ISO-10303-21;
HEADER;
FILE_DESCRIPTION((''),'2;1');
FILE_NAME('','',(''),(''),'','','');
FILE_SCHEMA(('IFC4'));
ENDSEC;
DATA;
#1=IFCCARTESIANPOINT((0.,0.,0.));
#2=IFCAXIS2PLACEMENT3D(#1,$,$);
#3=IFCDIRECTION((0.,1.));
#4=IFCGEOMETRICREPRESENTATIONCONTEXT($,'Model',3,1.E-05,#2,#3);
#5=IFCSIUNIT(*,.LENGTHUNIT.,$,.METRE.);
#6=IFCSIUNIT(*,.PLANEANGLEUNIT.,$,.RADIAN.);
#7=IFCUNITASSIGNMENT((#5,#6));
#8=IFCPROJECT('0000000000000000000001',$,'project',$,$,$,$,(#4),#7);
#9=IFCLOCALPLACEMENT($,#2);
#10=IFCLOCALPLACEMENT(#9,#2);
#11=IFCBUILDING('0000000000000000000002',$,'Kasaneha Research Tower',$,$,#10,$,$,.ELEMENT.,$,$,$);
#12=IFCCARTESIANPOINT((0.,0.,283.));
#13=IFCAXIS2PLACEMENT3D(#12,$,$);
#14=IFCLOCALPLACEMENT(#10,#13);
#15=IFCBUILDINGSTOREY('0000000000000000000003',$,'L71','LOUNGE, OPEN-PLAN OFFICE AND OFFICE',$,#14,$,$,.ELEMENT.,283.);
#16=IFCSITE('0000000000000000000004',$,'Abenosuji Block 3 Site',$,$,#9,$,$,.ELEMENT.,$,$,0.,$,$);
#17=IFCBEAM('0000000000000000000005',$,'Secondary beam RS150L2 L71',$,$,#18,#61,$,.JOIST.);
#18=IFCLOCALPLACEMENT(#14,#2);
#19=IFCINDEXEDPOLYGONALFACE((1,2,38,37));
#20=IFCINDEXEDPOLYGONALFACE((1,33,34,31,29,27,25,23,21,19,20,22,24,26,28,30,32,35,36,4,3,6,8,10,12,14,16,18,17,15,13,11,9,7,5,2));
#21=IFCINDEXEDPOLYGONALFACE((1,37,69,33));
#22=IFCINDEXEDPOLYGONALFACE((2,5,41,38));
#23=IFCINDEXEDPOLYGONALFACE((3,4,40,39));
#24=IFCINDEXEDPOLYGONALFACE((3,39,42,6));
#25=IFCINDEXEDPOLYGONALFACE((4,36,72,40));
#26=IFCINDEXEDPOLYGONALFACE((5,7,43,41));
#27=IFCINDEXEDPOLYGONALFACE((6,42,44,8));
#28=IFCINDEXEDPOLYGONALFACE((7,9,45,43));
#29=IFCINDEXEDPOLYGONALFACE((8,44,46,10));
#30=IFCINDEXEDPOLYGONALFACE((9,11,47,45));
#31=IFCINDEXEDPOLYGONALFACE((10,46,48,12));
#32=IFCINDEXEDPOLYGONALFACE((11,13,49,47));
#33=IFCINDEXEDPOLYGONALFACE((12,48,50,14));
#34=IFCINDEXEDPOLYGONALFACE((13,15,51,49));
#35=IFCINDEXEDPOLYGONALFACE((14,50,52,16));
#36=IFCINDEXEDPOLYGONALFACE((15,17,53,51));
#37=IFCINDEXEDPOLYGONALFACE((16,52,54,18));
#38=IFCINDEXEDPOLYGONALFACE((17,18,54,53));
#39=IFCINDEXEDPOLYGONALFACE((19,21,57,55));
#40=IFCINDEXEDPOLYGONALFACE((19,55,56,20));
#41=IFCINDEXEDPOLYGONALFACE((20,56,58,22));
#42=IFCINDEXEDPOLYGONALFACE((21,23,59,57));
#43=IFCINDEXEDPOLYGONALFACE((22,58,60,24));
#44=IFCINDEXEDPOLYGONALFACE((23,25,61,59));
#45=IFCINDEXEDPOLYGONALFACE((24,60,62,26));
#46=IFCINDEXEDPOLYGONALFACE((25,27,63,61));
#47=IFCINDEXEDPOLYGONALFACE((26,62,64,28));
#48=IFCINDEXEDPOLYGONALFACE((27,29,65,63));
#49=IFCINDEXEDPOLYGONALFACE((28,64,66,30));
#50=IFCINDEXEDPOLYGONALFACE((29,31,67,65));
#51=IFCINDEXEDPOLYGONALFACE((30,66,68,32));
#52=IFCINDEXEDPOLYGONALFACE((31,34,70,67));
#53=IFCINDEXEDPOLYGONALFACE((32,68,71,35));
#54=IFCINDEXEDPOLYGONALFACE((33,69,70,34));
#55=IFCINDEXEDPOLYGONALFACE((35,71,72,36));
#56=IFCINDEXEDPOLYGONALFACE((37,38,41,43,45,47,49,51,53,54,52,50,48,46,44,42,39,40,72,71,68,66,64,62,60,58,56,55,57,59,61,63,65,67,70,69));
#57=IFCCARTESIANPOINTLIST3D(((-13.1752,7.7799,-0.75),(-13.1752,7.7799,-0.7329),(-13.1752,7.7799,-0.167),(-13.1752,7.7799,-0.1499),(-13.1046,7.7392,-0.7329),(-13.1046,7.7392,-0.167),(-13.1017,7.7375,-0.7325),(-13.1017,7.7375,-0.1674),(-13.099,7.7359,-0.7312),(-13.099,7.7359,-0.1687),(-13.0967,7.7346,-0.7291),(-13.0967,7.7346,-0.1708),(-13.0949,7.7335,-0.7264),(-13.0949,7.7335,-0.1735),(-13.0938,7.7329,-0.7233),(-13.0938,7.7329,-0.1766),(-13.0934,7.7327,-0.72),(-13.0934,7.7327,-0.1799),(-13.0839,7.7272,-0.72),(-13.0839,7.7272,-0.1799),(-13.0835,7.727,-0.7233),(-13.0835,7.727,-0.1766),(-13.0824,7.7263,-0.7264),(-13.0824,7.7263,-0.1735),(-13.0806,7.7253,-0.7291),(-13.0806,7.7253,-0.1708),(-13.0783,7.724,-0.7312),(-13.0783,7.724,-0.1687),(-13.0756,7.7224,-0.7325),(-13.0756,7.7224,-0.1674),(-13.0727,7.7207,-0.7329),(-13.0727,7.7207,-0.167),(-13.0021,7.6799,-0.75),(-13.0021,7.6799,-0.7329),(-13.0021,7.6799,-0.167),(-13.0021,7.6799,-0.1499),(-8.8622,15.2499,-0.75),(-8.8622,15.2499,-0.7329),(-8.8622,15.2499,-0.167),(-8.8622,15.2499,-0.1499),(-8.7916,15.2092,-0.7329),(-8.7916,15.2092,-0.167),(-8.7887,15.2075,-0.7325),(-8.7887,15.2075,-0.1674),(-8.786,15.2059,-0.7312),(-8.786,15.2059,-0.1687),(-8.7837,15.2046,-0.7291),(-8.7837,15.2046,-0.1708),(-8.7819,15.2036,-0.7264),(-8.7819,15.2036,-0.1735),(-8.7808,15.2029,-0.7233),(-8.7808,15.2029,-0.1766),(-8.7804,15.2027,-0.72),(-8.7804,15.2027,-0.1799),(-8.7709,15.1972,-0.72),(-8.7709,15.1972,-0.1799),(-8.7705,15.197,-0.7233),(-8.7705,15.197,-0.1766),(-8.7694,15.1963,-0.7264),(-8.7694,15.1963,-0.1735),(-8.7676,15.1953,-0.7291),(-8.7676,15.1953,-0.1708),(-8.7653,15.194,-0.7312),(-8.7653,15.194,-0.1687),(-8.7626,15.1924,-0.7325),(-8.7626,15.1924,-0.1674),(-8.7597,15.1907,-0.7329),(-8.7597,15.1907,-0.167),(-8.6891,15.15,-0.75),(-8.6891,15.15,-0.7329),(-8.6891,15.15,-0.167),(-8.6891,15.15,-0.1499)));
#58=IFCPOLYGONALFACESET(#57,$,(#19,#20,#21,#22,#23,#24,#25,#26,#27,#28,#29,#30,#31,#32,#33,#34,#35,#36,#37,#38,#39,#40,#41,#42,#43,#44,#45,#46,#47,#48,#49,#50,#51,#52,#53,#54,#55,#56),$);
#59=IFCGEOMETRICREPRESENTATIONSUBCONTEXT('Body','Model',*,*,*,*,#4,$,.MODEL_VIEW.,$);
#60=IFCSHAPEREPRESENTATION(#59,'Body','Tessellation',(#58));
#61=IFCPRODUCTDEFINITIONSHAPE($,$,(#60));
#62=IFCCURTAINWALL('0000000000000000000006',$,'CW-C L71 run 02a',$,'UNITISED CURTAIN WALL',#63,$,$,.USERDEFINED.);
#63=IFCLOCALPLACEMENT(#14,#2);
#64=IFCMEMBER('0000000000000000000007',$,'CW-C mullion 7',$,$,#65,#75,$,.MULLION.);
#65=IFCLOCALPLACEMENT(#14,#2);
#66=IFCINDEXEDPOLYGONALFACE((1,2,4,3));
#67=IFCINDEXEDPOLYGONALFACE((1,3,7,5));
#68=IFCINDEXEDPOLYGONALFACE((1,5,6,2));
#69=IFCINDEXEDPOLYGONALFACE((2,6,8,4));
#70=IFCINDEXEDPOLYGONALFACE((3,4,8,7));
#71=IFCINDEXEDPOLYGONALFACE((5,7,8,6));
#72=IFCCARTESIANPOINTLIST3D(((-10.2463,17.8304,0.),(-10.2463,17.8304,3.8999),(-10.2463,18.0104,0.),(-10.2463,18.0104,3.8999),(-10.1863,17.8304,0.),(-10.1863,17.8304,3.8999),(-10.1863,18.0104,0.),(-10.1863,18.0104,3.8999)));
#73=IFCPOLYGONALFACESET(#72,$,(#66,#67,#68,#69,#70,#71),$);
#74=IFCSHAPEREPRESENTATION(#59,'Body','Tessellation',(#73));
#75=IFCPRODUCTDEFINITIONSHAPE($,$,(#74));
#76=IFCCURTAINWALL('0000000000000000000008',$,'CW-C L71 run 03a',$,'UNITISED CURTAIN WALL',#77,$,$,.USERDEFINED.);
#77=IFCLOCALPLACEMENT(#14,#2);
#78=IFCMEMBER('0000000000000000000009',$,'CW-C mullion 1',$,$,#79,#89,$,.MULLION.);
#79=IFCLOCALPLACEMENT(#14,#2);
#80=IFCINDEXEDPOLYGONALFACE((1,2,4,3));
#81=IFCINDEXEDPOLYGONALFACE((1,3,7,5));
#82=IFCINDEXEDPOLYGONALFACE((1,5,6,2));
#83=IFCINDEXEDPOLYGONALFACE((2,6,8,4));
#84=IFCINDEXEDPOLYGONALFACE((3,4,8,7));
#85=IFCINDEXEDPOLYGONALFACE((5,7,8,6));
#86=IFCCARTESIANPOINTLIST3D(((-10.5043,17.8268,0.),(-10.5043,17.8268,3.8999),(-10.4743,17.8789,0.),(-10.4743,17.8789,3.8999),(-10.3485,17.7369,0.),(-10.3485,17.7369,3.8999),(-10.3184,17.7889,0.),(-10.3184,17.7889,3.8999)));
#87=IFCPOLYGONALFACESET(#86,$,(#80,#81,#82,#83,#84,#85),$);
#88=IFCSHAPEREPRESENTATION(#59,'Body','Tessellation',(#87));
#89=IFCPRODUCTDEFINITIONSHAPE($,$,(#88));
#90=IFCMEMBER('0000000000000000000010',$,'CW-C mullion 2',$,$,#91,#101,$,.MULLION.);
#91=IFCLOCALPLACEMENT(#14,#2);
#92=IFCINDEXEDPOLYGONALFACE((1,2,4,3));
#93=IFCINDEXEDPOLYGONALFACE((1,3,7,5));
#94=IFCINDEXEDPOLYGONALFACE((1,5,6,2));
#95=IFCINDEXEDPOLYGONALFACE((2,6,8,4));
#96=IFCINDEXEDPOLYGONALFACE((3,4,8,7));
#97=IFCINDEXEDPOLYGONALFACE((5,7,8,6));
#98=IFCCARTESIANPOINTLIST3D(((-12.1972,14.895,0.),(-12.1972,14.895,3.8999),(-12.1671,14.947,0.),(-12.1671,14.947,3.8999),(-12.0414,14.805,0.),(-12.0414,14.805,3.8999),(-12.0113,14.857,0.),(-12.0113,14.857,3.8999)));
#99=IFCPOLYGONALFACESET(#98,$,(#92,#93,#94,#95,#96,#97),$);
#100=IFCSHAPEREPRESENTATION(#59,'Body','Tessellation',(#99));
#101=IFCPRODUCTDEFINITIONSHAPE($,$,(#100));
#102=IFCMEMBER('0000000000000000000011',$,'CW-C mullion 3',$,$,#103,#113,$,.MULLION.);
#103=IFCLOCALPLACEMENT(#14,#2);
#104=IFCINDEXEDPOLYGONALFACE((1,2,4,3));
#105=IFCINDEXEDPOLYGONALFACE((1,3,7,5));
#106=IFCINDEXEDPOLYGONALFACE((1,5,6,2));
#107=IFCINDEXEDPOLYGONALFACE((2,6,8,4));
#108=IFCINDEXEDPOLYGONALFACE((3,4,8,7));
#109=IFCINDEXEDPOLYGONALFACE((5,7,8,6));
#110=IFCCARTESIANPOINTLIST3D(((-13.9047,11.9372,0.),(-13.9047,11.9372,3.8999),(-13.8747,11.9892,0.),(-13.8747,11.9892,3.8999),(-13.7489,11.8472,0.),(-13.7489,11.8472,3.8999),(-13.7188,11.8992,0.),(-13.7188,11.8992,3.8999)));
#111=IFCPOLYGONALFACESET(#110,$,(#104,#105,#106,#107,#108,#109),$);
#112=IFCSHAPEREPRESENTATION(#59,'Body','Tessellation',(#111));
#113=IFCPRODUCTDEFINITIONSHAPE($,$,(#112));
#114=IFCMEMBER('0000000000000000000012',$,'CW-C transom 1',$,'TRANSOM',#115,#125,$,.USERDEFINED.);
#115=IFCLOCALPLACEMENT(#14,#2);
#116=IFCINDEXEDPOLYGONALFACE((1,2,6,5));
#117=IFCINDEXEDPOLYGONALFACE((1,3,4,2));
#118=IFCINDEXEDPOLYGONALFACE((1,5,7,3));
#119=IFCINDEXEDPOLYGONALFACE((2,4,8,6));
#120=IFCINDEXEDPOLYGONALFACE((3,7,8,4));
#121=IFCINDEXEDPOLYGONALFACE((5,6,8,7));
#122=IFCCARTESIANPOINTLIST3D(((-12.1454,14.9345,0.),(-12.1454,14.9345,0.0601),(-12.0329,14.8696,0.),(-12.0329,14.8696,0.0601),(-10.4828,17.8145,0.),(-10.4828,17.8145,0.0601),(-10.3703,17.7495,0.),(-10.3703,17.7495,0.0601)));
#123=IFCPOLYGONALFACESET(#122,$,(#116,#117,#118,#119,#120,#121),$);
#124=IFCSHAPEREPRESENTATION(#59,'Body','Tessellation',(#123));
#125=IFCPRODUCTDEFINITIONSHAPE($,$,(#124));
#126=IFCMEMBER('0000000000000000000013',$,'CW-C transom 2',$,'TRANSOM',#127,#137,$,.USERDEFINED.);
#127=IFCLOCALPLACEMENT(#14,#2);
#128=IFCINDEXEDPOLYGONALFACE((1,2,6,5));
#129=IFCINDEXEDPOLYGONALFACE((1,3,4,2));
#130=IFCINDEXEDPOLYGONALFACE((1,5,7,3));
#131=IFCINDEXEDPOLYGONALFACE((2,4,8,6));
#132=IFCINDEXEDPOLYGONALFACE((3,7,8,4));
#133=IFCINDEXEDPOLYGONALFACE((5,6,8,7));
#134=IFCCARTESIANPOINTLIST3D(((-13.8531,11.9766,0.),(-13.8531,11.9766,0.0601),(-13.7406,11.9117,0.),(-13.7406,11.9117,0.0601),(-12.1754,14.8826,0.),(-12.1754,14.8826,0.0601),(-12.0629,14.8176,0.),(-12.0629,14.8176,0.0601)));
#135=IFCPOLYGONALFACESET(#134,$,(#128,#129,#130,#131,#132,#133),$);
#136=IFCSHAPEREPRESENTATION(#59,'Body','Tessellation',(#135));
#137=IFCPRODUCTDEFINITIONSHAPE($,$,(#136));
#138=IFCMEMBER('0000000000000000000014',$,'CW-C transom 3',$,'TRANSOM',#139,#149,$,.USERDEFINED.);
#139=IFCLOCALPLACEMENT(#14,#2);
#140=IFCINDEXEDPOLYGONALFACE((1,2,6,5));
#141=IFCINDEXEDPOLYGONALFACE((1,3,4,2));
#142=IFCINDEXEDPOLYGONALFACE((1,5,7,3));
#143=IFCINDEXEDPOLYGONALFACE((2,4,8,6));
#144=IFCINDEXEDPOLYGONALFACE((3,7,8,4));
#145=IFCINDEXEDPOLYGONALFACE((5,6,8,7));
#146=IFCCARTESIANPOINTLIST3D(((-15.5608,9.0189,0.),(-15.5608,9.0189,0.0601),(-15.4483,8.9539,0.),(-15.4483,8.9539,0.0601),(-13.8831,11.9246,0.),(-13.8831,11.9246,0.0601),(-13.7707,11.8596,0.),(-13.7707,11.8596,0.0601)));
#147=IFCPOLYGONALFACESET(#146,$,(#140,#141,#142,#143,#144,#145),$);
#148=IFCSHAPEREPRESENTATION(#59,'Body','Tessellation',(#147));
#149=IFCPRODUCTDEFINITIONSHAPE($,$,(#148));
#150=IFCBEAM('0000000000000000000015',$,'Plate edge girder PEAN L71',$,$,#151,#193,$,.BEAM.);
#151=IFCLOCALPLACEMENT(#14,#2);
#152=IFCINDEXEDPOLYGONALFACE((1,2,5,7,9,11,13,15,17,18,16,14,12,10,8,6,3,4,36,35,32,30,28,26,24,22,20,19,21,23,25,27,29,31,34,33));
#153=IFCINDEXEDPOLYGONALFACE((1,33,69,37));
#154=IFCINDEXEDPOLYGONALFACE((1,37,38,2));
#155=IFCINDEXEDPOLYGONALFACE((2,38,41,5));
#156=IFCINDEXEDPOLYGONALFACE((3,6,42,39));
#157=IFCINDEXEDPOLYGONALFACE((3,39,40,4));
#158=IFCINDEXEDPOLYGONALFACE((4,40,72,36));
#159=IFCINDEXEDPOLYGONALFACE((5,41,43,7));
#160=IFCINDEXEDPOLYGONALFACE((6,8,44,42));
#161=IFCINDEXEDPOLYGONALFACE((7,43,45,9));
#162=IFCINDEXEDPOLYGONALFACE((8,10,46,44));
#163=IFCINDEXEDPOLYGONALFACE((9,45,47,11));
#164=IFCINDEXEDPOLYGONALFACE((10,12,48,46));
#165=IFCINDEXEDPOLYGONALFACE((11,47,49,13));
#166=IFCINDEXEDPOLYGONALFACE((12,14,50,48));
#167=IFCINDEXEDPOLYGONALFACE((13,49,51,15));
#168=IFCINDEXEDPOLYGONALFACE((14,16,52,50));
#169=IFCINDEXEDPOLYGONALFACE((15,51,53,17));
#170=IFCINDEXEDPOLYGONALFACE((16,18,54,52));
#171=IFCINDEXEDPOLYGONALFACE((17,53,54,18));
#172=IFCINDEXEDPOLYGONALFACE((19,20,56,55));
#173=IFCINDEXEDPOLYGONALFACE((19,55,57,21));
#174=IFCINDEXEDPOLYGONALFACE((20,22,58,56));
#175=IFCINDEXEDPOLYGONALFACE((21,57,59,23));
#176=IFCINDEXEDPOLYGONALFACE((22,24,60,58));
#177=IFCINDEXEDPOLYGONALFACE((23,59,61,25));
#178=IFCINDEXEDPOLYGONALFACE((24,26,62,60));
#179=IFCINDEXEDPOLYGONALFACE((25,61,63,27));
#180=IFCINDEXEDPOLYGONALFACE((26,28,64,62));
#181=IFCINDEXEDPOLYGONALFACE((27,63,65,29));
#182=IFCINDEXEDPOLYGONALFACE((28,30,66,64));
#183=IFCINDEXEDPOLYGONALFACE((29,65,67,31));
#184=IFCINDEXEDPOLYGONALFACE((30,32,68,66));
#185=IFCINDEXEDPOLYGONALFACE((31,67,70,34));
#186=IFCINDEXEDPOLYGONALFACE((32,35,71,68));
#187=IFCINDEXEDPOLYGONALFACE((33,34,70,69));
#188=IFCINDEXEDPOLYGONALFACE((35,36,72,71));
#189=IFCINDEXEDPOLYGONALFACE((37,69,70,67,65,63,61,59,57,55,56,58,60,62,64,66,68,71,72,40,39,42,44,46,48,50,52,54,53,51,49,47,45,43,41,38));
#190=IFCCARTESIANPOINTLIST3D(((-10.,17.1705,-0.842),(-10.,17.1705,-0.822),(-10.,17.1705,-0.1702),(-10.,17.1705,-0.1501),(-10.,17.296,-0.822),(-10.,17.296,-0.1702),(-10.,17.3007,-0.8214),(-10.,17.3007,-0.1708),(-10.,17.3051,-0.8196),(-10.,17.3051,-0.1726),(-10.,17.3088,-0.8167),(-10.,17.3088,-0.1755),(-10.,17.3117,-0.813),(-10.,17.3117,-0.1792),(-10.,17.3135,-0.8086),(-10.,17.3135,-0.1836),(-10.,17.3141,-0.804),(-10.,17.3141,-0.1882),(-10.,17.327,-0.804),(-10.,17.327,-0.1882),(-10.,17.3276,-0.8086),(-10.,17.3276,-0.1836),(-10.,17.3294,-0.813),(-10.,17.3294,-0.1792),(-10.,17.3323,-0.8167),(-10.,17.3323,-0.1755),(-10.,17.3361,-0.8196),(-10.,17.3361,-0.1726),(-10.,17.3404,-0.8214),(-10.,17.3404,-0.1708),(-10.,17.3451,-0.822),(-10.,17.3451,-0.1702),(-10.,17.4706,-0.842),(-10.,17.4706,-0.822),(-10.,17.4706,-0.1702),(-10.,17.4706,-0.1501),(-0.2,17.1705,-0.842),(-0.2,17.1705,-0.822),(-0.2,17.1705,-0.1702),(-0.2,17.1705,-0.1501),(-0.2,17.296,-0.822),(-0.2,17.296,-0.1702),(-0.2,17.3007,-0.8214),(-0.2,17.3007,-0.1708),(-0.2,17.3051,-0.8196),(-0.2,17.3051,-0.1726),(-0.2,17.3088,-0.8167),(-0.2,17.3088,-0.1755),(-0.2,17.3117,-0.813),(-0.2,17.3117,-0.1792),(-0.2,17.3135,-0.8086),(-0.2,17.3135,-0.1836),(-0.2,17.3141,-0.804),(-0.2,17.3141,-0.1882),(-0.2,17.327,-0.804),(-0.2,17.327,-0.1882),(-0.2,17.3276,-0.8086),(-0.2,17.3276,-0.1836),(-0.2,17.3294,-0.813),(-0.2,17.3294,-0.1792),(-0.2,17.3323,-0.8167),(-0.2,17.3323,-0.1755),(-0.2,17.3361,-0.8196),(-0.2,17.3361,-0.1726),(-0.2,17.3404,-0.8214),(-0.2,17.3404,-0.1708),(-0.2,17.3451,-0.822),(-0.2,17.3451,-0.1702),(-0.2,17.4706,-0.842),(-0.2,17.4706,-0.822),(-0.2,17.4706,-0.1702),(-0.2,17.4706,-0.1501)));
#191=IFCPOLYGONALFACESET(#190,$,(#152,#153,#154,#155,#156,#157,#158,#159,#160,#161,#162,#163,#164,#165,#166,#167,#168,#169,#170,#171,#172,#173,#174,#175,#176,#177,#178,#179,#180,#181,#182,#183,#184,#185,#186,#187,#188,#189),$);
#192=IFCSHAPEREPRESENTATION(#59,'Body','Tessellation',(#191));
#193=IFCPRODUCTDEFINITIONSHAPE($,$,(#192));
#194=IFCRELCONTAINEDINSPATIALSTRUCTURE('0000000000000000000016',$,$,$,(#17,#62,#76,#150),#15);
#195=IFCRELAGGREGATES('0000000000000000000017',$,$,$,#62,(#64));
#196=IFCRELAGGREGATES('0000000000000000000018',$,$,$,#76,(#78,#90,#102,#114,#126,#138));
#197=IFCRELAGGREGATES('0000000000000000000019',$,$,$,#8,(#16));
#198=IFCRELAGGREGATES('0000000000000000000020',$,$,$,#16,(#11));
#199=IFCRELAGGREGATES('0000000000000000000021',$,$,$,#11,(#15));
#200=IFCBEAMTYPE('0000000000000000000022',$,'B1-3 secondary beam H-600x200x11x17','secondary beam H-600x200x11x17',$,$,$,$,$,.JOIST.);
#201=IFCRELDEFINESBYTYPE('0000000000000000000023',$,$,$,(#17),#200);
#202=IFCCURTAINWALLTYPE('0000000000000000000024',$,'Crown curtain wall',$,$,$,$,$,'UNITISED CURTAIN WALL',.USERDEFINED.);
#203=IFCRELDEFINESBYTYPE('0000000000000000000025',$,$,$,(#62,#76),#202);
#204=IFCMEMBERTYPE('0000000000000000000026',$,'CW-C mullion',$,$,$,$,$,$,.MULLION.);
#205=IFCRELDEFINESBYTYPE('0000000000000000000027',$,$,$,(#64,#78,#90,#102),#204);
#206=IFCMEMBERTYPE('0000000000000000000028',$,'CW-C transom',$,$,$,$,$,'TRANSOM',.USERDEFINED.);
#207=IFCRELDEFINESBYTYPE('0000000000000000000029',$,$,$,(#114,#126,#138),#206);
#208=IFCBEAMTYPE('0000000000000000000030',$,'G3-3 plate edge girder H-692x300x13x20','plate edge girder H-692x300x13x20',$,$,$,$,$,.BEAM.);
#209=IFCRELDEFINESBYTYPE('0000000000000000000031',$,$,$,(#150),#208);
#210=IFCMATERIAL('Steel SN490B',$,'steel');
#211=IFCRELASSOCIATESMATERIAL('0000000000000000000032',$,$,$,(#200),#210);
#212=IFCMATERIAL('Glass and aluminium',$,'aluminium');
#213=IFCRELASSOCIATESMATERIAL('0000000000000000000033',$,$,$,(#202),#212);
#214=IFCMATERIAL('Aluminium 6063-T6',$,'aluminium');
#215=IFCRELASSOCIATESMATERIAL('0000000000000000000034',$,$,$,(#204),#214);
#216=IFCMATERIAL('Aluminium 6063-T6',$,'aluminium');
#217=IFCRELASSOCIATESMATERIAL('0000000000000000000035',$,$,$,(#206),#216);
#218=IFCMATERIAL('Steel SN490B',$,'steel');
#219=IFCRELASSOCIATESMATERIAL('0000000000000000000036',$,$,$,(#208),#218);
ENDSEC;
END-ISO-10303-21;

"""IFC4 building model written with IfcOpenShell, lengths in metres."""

from ifc_helpers import new_model, si_unit, direction, frame, origin, origin_2d, place, context, subcontext, project, spatial, rectangle, i_section, extrude, material, material_profile, profile_set, type_object, element, aggregate, save


model = new_model("IFC4")

# Units and contexts
model_context = context("Model", 3, precision=1e-05, world=origin(), true_north=direction((0.0, 1.0)))
body_context = subcontext(model_context, "Body", "Model", "MODEL_VIEW")
ifc_project = project(units=[si_unit("LENGTHUNIT", "METRE"), si_unit("PLANEANGLEUNIT", "RADIAN")], contexts=[model_context])

# Site, building, storey
site_placement = place(None, origin())
site = spatial("IfcSite", under=ifc_project, at=site_placement, Name="Abenosuji Block 3 Site", CompositionType="ELEMENT", RefElevation=0.0)
building_placement = place(site_placement, origin())
building = spatial("IfcBuilding", under=site, at=building_placement, Name="Kasaneha Research Tower", CompositionType="ELEMENT")
storey_placement = place(building_placement, frame((0.0, 0.0, 283.0)))
storey = spatial("IfcBuildingStorey", under=building, at=storey_placement, Name="L71", Description="LOUNGE, OPEN-PLAN OFFICE AND OFFICE", CompositionType="ELEMENT", Elevation=283.0)

# Beam
ifc_material_1 = material(Name="Steel SN490B", Category="steel")
ifc_material_profile_1 = material_profile(ifc_material_1, i_section(OverallWidth=0.2, OverallDepth=0.6001, WebThickness=0.011, FlangeThickness=0.0171, FilletRadius=0.0129, at=origin_2d()), Name="H-600x200x11x17")
ifc_profile_set_1 = profile_set([ifc_material_profile_1], Name="Steel SN490B")
beam_type_1 = type_object("IfcBeamType", Name="B1-3 secondary beam H-600x200x11x17", Description="secondary beam H-600x200x11x17", PredefinedType="JOIST", material=ifc_profile_set_1)
beam_1_placement = place(storey_placement, frame((-8.7756, 15.2, -0.45), z_axis=(-0.500017, -0.866015, 0.0), x_axis=(0.866015, -0.500017, 0.0)))
element("IfcBeam", 1, at=beam_1_placement, inside=storey, type_object=beam_type_1, Name="Secondary beam RS150L2 L71", PredefinedType="JOIST", context=body_context, shape_type="SweptSolid", body=[
    extrude(i_section(OverallWidth=0.2, OverallDepth=0.6001, WebThickness=0.011, FlangeThickness=0.0171, FilletRadius=0.0129, at=origin_2d()), origin(), (0.0, 0.0, 1.0), 8.6257),
])

# Curtain wall, member
ifc_material_2 = material(Name="Glass and aluminium", Category="aluminium")
curtain_wall_type = type_object("IfcCurtainWallType", Name="Crown curtain wall", ElementType="UNITISED CURTAIN WALL", PredefinedType="USERDEFINED", material=ifc_material_2)
curtain_wall_1_placement = place(storey_placement, origin())
curtain_wall_1 = element("IfcCurtainWall", 2, at=curtain_wall_1_placement, inside=storey, type_object=curtain_wall_type, Name="CW-C L71 run 02a", ObjectType="UNITISED CURTAIN WALL", PredefinedType="USERDEFINED")
ifc_material_3 = material(Name="Aluminium 6063-T6", Category="aluminium")
ifc_material_profile_2 = material_profile(ifc_material_3, rectangle(XDim=0.0601, YDim=0.1799, at=origin_2d()), Name="CW-C mullion 60x180")
ifc_profile_set_2 = profile_set([ifc_material_profile_2], Name="Aluminium 6063-T6")
member_type_1 = type_object("IfcMemberType", Name="CW-C mullion", PredefinedType="MULLION", material=ifc_profile_set_2)
member_1_placement = place(storey_placement, frame((-10.2163, 17.9204, 0.0), z_axis=(0.0, 0.0, 1.0), x_axis=(-1.0, 0.0, 0.0)))
member_1 = element("IfcMember", 3, at=member_1_placement, type_object=member_type_1, Name="CW-C mullion 7", PredefinedType="MULLION", context=body_context, shape_type="SweptSolid", body=[
    extrude(rectangle(XDim=0.0601, YDim=0.1799, at=origin_2d()), origin(), (0.0, 0.0, 1.0), 3.8999),
])

# Curtain wall, members
curtain_wall_2_placement = place(storey_placement, origin())
curtain_wall_2 = element("IfcCurtainWall", 4, at=curtain_wall_2_placement, inside=storey, type_object=curtain_wall_type, Name="CW-C L71 run 03a", ObjectType="UNITISED CURTAIN WALL", PredefinedType="USERDEFINED")
member_2_placement = place(storey_placement, frame((-10.4114, 17.8079, 0.0), z_axis=(0.0, 0.0, 1.0), x_axis=(-0.5, -0.866025, 0.0)))
member_2 = element("IfcMember", 5, at=member_2_placement, type_object=member_type_1, Name="CW-C mullion 1", PredefinedType="MULLION", context=body_context, shape_type="SweptSolid", body=[
    extrude(rectangle(XDim=0.0601, YDim=0.1799, at=origin_2d()), origin(), (0.0, 0.0, 1.0), 3.8999),
])
member_3_placement = place(storey_placement, frame((-12.1042, 14.876, 0.0), z_axis=(0.0, 0.0, 1.0), x_axis=(-0.5, -0.866025, 0.0)))
member_3 = element("IfcMember", 6, at=member_3_placement, type_object=member_type_1, Name="CW-C mullion 2", PredefinedType="MULLION", context=body_context, shape_type="SweptSolid", body=[
    extrude(rectangle(XDim=0.0601, YDim=0.1799, at=origin_2d()), origin(), (0.0, 0.0, 1.0), 3.8999),
])
member_4_placement = place(storey_placement, frame((-13.8118, 11.9182, 0.0), z_axis=(0.0, 0.0, 1.0), x_axis=(-0.5, -0.866025, 0.0)))
member_4 = element("IfcMember", 7, at=member_4_placement, type_object=member_type_1, Name="CW-C mullion 3", PredefinedType="MULLION", context=body_context, shape_type="SweptSolid", body=[
    extrude(rectangle(XDim=0.0601, YDim=0.1799, at=origin_2d()), origin(), (0.0, 0.0, 1.0), 3.8999),
])
ifc_material_4 = material(Name="Aluminium 6063-T6", Category="aluminium")
ifc_material_profile_3 = material_profile(ifc_material_4, rectangle(XDim=0.1299, YDim=0.0601, at=origin_2d()), Name="CW-C transom 130x60")
ifc_profile_set_3 = profile_set([ifc_material_profile_3], Name="Aluminium 6063-T6")
member_type_2 = type_object("IfcMemberType", Name="CW-C transom", ElementType="TRANSOM", PredefinedType="USERDEFINED", material=ifc_profile_set_3)
member_5_placement = place(storey_placement, frame((-10.4265, 17.782, 0.03), z_axis=(-0.499977, -0.866039, 0.0), x_axis=(0.866039, -0.499977, 0.0)))
member_5 = element("IfcMember", 8, at=member_5_placement, type_object=member_type_2, Name="CW-C transom 1", ObjectType="TRANSOM", PredefinedType="USERDEFINED", context=body_context, shape_type="SweptSolid", body=[
    extrude(rectangle(XDim=0.1299, YDim=0.0601, at=origin_2d()), origin(), (0.0, 0.0, 1.0), 3.3254),
])
member_6_placement = place(storey_placement, frame((-12.1191, 14.8501, 0.03), z_axis=(-0.499989, -0.866032, 0.0), x_axis=(0.866032, -0.499989, 0.0)))
member_6 = element("IfcMember", 9, at=member_6_placement, type_object=member_type_2, Name="CW-C transom 2", ObjectType="TRANSOM", PredefinedType="USERDEFINED", context=body_context, shape_type="SweptSolid", body=[
    extrude(rectangle(XDim=0.1299, YDim=0.0601, at=origin_2d()), origin(), (0.0, 0.0, 1.0), 3.3555),
])
member_7_placement = place(storey_placement, frame((-13.8269, 11.8921, 0.03), z_axis=(-0.500021, -0.866014, 0.0), x_axis=(0.866014, -0.500021, 0.0)))
member_7 = element("IfcMember", 10, at=member_7_placement, type_object=member_type_2, Name="CW-C transom 3", ObjectType="TRANSOM", PredefinedType="USERDEFINED", context=body_context, shape_type="SweptSolid", body=[
    extrude(rectangle(XDim=0.1299, YDim=0.0601, at=origin_2d()), origin(), (0.0, 0.0, 1.0), 3.3552),
])

# Beam
ifc_material_5 = material(Name="Steel SN490B", Category="steel")
ifc_material_profile_4 = material_profile(ifc_material_5, i_section(OverallWidth=0.3, OverallDepth=0.6919, WebThickness=0.0129, FlangeThickness=0.02, FilletRadius=0.0181, at=origin_2d()), Name="H-692x300x13x20")
ifc_profile_set_4 = profile_set([ifc_material_profile_4], Name="Steel SN490B")
beam_type_2 = type_object("IfcBeamType", Name="G3-3 plate edge girder H-692x300x13x20", Description="plate edge girder H-692x300x13x20", PredefinedType="BEAM", material=ifc_profile_set_4)
beam_2_placement = place(storey_placement, frame((-10.0, 17.3206, -0.4961), z_axis=(1.0, 0.0, 0.0), x_axis=(0.0, 1.0, 0.0)))
element("IfcBeam", 11, at=beam_2_placement, inside=storey, type_object=beam_type_2, Name="Plate edge girder PEAN L71", PredefinedType="BEAM", context=body_context, shape_type="SweptSolid", body=[
    extrude(i_section(OverallWidth=0.3, OverallDepth=0.6919, WebThickness=0.0129, FlangeThickness=0.02, FilletRadius=0.0181, at=origin_2d()), origin(), (0.0, 0.0, 1.0), 9.8),
])

aggregate(curtain_wall_1, [member_1])
aggregate(curtain_wall_2, [member_2, member_3, member_4, member_5, member_6, member_7])

save(model, "model.ifc")
